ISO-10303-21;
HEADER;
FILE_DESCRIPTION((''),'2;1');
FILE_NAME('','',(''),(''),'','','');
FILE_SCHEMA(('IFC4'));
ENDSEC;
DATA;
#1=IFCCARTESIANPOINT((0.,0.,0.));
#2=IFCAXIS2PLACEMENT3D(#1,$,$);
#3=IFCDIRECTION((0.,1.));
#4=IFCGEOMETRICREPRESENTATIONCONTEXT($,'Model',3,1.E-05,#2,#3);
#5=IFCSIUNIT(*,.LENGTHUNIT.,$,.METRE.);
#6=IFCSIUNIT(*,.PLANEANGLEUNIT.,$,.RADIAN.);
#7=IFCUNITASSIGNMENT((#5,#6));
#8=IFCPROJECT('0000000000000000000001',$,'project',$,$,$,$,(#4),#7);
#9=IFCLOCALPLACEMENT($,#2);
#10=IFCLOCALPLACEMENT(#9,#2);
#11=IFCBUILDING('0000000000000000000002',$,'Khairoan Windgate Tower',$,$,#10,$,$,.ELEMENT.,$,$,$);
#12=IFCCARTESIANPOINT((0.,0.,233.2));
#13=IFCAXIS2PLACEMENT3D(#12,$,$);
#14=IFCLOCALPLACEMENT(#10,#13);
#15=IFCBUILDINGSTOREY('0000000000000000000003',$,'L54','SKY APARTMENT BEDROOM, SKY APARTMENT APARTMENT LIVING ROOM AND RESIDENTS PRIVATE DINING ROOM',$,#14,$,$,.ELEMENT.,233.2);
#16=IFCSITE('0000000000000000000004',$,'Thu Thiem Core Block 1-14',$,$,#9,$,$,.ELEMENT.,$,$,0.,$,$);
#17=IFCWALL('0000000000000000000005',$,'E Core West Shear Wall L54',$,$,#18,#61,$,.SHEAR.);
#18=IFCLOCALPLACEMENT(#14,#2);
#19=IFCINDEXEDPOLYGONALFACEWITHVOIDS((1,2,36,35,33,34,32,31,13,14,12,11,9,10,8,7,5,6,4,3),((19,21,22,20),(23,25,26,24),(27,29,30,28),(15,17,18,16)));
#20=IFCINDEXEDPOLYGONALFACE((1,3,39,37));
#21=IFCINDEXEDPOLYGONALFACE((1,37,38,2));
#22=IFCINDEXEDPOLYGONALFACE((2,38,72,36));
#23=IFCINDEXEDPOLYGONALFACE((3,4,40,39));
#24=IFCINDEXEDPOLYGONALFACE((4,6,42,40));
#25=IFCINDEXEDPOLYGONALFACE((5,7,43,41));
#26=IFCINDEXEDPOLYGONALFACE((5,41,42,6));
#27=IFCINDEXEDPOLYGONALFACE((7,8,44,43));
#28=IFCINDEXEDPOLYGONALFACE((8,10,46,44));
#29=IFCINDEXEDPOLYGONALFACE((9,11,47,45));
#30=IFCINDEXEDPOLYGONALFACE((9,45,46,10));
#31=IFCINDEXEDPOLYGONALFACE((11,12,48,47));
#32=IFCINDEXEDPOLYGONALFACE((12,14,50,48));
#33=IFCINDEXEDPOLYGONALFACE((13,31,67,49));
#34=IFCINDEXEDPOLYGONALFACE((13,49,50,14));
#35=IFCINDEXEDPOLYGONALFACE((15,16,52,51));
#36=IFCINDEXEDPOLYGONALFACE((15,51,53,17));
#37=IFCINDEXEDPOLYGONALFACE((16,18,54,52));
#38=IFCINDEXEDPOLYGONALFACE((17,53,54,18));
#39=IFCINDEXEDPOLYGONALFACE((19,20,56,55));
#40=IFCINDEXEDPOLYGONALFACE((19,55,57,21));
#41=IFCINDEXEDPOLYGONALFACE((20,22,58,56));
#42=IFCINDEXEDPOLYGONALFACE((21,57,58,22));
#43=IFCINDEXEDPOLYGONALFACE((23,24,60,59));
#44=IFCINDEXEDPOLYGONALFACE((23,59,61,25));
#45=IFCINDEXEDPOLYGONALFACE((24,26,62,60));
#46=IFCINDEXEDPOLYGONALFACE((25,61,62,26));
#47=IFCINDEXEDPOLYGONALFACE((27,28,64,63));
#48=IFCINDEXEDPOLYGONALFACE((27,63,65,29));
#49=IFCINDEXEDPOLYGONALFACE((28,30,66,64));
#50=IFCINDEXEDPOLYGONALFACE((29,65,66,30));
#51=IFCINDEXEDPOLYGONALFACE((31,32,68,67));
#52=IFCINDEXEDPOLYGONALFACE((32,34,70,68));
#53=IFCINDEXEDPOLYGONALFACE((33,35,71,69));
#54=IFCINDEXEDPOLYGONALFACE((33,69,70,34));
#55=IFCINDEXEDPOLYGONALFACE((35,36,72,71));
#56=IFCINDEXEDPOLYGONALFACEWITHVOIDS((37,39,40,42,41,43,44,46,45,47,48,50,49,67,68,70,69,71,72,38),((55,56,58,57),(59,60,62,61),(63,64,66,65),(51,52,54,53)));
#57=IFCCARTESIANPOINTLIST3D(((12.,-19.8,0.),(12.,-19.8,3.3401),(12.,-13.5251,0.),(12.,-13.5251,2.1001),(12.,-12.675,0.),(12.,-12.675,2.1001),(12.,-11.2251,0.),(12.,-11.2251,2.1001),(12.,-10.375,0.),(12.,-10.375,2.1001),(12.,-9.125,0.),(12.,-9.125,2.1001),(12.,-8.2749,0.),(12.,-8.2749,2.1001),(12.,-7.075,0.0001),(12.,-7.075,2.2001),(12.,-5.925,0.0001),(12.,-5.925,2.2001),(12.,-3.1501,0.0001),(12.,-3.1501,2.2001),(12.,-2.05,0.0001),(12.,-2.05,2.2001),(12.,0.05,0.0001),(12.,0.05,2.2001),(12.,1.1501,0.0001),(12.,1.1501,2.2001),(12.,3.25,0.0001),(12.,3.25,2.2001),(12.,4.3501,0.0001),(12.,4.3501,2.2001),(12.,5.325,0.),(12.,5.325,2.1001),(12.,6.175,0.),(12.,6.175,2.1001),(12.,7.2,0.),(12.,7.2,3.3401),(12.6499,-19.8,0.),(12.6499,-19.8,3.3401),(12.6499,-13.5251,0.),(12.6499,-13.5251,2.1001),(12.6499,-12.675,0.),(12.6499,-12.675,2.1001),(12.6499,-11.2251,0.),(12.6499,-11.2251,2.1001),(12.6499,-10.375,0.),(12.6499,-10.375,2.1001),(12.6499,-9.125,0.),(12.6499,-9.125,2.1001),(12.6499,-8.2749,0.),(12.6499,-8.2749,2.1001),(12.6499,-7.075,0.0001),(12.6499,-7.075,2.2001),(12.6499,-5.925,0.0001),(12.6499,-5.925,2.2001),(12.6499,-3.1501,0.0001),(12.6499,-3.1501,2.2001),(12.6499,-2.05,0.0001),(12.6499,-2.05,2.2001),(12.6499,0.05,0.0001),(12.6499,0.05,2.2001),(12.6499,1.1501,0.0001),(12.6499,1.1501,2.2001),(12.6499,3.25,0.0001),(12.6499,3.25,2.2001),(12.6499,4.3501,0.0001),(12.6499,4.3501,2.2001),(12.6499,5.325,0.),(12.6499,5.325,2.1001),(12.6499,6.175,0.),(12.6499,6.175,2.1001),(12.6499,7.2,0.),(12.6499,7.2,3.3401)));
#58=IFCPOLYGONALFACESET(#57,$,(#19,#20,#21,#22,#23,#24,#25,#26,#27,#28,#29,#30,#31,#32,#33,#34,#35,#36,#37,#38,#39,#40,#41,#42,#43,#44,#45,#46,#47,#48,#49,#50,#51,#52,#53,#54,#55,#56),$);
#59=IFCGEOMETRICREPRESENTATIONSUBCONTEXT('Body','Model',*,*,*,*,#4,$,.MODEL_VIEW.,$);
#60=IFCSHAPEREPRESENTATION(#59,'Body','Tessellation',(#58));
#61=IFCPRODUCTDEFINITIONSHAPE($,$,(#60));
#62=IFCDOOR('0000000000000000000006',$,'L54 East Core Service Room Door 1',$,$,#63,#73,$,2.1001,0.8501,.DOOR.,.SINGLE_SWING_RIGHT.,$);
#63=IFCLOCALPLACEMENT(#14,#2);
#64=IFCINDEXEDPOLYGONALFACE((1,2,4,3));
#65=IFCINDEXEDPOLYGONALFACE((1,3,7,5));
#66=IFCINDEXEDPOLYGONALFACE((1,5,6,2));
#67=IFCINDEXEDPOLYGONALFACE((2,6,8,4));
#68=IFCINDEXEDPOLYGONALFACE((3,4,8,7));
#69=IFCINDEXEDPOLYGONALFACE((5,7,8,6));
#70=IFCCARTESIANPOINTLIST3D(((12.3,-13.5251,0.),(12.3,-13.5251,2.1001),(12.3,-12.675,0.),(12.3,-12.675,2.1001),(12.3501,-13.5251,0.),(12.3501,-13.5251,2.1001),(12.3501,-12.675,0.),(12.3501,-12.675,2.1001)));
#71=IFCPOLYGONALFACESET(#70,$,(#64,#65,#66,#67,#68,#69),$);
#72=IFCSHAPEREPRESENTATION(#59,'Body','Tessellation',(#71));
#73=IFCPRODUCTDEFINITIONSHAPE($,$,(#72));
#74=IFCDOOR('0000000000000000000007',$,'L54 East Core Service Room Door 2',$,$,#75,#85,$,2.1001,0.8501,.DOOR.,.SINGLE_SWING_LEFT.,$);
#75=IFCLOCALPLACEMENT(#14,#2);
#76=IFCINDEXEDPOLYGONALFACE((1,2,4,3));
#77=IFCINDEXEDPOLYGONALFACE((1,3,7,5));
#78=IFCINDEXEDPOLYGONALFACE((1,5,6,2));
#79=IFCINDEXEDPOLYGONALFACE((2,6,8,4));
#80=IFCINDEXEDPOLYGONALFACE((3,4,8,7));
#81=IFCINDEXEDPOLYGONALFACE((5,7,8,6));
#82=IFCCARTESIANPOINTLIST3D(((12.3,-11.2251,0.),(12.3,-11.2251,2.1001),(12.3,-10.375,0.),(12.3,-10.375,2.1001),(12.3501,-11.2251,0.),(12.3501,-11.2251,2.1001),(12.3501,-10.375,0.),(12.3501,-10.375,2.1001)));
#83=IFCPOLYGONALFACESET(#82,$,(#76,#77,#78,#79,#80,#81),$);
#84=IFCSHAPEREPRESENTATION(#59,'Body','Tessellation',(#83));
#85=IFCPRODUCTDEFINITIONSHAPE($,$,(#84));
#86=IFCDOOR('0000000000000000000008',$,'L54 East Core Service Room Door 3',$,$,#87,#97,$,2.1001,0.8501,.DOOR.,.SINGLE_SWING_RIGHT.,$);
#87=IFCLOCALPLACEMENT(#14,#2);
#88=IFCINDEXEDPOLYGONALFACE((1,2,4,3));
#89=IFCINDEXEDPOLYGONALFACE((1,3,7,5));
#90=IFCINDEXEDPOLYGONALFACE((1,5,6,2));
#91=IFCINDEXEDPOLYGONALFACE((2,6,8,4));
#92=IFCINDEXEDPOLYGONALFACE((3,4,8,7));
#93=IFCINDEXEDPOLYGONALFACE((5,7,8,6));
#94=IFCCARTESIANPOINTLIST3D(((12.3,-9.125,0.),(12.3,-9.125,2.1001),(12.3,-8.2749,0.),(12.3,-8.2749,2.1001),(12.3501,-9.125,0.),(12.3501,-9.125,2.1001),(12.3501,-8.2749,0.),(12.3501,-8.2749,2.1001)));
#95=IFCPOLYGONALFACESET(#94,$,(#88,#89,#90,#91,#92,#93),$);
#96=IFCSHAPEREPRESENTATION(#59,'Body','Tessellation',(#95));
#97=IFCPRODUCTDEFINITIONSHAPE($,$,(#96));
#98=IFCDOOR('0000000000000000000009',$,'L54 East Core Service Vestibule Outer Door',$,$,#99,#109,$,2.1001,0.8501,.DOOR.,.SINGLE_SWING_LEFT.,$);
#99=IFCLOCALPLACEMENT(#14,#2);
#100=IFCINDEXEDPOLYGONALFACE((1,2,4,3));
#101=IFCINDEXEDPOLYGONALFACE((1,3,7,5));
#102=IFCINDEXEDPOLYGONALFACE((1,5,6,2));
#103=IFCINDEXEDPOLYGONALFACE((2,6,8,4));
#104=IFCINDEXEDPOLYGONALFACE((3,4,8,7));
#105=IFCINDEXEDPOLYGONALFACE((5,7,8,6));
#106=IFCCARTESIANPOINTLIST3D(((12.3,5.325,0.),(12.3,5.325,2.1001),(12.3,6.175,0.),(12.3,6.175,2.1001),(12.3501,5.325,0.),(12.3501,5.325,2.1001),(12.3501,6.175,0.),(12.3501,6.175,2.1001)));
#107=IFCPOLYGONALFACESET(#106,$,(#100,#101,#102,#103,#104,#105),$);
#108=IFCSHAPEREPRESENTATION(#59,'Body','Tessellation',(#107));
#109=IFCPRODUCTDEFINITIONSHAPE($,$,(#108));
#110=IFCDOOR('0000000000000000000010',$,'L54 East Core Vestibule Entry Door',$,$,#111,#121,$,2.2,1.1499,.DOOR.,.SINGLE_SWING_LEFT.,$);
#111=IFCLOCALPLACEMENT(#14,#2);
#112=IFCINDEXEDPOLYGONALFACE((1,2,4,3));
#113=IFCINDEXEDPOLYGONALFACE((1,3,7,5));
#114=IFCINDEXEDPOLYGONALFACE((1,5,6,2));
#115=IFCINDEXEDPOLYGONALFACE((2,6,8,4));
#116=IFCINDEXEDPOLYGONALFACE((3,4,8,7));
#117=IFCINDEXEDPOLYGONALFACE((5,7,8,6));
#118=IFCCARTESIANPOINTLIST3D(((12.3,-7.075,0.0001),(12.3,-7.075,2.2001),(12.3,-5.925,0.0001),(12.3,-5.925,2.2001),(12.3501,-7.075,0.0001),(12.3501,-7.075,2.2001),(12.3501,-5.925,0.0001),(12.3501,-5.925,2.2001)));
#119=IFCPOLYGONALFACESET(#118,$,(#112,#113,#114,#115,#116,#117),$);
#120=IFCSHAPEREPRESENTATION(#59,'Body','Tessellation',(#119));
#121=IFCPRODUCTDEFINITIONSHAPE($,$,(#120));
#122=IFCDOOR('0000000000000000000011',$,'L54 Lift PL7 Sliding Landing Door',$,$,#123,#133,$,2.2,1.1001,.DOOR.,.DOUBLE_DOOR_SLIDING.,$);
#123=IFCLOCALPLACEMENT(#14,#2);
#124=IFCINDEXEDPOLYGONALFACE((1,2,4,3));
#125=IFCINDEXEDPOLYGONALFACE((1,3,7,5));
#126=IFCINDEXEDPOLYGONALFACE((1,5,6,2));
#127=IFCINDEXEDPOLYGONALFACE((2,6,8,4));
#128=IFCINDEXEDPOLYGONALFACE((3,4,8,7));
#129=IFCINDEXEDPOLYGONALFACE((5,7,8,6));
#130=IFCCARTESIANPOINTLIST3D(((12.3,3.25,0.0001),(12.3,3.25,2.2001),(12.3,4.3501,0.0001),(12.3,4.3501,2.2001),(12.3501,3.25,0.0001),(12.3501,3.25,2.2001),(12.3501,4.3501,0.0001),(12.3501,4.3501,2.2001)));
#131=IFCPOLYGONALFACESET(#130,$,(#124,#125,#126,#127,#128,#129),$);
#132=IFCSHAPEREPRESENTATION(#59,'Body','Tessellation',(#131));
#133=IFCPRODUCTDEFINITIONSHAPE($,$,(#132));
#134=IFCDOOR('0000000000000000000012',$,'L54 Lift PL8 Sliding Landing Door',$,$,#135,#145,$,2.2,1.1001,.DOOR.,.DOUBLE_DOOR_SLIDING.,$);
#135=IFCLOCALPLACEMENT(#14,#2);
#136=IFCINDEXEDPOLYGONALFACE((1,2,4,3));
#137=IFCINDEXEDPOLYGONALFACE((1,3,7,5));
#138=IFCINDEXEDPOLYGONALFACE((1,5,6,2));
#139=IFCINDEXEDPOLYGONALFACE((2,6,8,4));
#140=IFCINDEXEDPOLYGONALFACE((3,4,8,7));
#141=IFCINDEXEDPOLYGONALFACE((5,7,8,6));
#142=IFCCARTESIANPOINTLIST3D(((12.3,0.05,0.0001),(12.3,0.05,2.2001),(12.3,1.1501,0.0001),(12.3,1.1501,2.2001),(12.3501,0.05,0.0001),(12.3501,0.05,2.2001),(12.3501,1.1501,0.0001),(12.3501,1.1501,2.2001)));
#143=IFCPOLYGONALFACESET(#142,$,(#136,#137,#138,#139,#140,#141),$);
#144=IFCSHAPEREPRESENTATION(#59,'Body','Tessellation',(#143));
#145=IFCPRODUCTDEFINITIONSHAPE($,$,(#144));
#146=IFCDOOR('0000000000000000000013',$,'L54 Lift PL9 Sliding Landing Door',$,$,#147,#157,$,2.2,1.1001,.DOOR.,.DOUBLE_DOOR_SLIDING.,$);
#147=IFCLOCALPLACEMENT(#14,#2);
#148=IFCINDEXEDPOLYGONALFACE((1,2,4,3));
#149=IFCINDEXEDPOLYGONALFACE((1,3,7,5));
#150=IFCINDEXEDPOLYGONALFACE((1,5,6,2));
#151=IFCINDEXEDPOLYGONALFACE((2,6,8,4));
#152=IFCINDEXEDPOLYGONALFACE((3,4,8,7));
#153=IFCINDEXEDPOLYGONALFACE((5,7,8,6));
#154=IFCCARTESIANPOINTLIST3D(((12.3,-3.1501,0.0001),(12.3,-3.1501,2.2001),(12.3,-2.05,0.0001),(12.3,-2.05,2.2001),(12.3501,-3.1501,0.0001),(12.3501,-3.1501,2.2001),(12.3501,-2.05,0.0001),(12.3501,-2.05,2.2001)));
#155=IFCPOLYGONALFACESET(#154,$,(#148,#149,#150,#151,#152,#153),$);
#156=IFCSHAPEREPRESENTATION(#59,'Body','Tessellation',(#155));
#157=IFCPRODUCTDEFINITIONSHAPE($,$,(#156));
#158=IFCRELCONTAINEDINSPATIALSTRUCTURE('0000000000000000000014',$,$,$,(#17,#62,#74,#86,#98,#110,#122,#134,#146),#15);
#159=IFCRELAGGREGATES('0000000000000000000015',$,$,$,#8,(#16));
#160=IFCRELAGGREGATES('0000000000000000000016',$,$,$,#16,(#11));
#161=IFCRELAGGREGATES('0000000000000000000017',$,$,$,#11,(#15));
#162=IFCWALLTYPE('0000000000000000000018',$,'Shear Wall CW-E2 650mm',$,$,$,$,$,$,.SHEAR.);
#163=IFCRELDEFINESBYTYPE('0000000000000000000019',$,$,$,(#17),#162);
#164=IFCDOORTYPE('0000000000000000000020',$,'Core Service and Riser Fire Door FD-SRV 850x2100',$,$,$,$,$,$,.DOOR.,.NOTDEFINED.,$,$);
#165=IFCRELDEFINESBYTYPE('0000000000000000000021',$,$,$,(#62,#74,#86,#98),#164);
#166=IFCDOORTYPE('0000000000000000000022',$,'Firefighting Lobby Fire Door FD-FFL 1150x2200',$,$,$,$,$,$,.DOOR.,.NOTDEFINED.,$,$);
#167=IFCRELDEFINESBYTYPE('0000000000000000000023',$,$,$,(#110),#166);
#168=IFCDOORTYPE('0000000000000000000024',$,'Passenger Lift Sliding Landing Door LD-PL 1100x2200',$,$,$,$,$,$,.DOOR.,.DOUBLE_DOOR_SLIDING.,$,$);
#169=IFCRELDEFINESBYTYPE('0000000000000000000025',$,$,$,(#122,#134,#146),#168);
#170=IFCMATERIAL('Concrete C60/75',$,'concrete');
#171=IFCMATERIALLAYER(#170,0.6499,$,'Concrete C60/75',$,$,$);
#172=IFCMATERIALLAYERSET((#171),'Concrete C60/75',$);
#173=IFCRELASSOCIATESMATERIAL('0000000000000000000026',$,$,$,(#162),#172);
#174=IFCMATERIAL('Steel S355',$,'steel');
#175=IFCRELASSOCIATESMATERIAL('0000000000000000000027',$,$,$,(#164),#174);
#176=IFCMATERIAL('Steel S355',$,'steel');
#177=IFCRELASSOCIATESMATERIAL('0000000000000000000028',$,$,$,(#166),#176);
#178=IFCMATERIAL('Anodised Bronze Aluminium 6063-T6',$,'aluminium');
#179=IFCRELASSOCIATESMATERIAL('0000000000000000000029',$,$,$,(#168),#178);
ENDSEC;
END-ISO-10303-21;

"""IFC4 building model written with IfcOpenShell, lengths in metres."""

from ifc_helpers import new_model, si_unit, direction, frame, frame_2d, origin, place, context, subcontext, project, spatial, rectangle, extrude, material, layer, layer_set, type_object, element, fill, save


model = new_model("IFC4")

# Units and contexts
model_context = context("Model", 3, precision=1e-05, world=origin(), true_north=direction((0.0, 1.0)))
body_context = subcontext(model_context, "Body", "Model", "MODEL_VIEW")
ifc_project = project(units=[si_unit("LENGTHUNIT", "METRE"), si_unit("PLANEANGLEUNIT", "RADIAN")], contexts=[model_context])

# Site, building, storey
site_placement = place(None, origin())
site = spatial("IfcSite", under=ifc_project, at=site_placement, Name="Thu Thiem Core Block 1-14", CompositionType="ELEMENT", RefElevation=0.0)
building_placement = place(site_placement, origin())
building = spatial("IfcBuilding", under=site, at=building_placement, Name="Khairoan Windgate Tower", CompositionType="ELEMENT")
storey_placement = place(building_placement, frame((0.0, 0.0, 233.2)))
storey = spatial("IfcBuildingStorey", under=building, at=storey_placement, Name="L54", Description="SKY APARTMENT BEDROOM, SKY APARTMENT APARTMENT LIVING ROOM AND RESIDENTS PRIVATE DINING ROOM", CompositionType="ELEMENT", Elevation=233.2)

# Wall, openings, doors
ifc_material_1 = material(Name="Concrete C60/75", Category="concrete")
ifc_layer_1 = layer(ifc_material_1, 0.6499, Name="Concrete C60/75")
ifc_layer_set_1 = layer_set([ifc_layer_1], Name="Concrete C60/75")
wall_type_1 = type_object("IfcWallType", Name="Shear Wall CW-E2 650mm", PredefinedType="SHEAR", material=ifc_layer_set_1)
wall_1_placement = place(storey_placement, frame((12.325, -19.8, 0.0), z_axis=(0.0, 0.0, 1.0), x_axis=(0.0, 1.0, 0.0)))
wall_1 = element("IfcWall", 1, at=wall_1_placement, inside=storey, type_object=wall_type_1, Name="E Core West Shear Wall L54", PredefinedType="SHEAR", context=body_context, shape_type="SweptSolid", body=[
    extrude(rectangle(XDim=27.0, YDim=0.6499, at=frame_2d((13.5, 0.0))), origin(), (0.0, 0.0, 1.0), 3.3401),
])
opening_1_placement = place(wall_1_placement, frame((23.05, 0.0, 0.0)))
opening_1 = element("IfcOpeningElement", 2, at=opening_1_placement, cuts=wall_1, PredefinedType="OPENING", context=body_context, shape_type="SweptSolid", body=[
    extrude(rectangle(XDim=1.1001, YDim=2.2, at=frame_2d((0.55, 1.1001))), frame((0.0, 0.335, 0.0), z_axis=(0.0, -1.0, 0.0), x_axis=(1.0, 0.0, 0.0)), (0.0, 0.0, 1.0), 0.6699),
])
opening_2_placement = place(wall_1_placement, frame((19.8501, 0.0, 0.0)))
opening_2 = element("IfcOpeningElement", 3, at=opening_2_placement, cuts=wall_1, PredefinedType="OPENING", context=body_context, shape_type="SweptSolid", body=[
    extrude(rectangle(XDim=1.1001, YDim=2.2, at=frame_2d((0.55, 1.1001))), frame((0.0, 0.335, 0.0), z_axis=(0.0, -1.0, 0.0), x_axis=(1.0, 0.0, 0.0)), (0.0, 0.0, 1.0), 0.6699),
])
opening_3_placement = place(wall_1_placement, frame((16.6499, 0.0, 0.0)))
opening_3 = element("IfcOpeningElement", 4, at=opening_3_placement, cuts=wall_1, PredefinedType="OPENING", context=body_context, shape_type="SweptSolid", body=[
    extrude(rectangle(XDim=1.1001, YDim=2.2, at=frame_2d((0.55, 1.1001))), frame((0.0, 0.335, 0.0), z_axis=(0.0, -1.0, 0.0), x_axis=(1.0, 0.0, 0.0)), (0.0, 0.0, 1.0), 0.6699),
])
opening_4_placement = place(wall_1_placement, frame((6.2749, 0.0, 0.0)))
opening_4 = element("IfcOpeningElement", 5, at=opening_4_placement, cuts=wall_1, PredefinedType="OPENING", context=body_context, shape_type="SweptSolid", body=[
    extrude(rectangle(XDim=0.8501, YDim=2.1001, at=frame_2d((0.425, 1.05))), frame((0.0, 0.335, 0.0), z_axis=(0.0, -1.0, 0.0), x_axis=(1.0, 0.0, 0.0)), (0.0, 0.0, 1.0), 0.6699),
])
opening_5_placement = place(wall_1_placement, frame((8.575, 0.0, 0.0)))
opening_5 = element("IfcOpeningElement", 6, at=opening_5_placement, cuts=wall_1, PredefinedType="OPENING", context=body_context, shape_type="SweptSolid", body=[
    extrude(rectangle(XDim=0.8501, YDim=2.1001, at=frame_2d((0.425, 1.05))), frame((0.0, 0.335, 0.0), z_axis=(0.0, -1.0, 0.0), x_axis=(1.0, 0.0, 0.0)), (0.0, 0.0, 1.0), 0.6699),
])
opening_6_placement = place(wall_1_placement, frame((10.675, 0.0, 0.0)))
opening_6 = element("IfcOpeningElement", 7, at=opening_6_placement, cuts=wall_1, PredefinedType="OPENING", context=body_context, shape_type="SweptSolid", body=[
    extrude(rectangle(XDim=0.8501, YDim=2.1001, at=frame_2d((0.425, 1.05))), frame((0.0, 0.335, 0.0), z_axis=(0.0, -1.0, 0.0), x_axis=(1.0, 0.0, 0.0)), (0.0, 0.0, 1.0), 0.6699),
])
opening_7_placement = place(wall_1_placement, frame((12.7251, 0.0, 0.0)))
opening_7 = element("IfcOpeningElement", 8, at=opening_7_placement, cuts=wall_1, PredefinedType="OPENING", context=body_context, shape_type="SweptSolid", body=[
    extrude(rectangle(XDim=1.1499, YDim=2.2, at=frame_2d((0.575, 1.1001))), frame((0.0, 0.335, 0.0), z_axis=(0.0, -1.0, 0.0), x_axis=(1.0, 0.0, 0.0)), (0.0, 0.0, 1.0), 0.6699),
])
opening_8_placement = place(wall_1_placement, frame((25.125, 0.0, 0.0)))
opening_8 = element("IfcOpeningElement", 9, at=opening_8_placement, cuts=wall_1, PredefinedType="OPENING", context=body_context, shape_type="SweptSolid", body=[
    extrude(rectangle(XDim=0.8501, YDim=2.1001, at=frame_2d((0.425, 1.05))), frame((0.0, 0.335, 0.0), z_axis=(0.0, -1.0, 0.0), x_axis=(1.0, 0.0, 0.0)), (0.0, 0.0, 1.0), 0.6699),
])
ifc_material_2 = material(Name="Steel S355", Category="steel")
door_type_1 = type_object("IfcDoorType", Name="Core Service and Riser Fire Door FD-SRV 850x2100", OperationType="NOTDEFINED", PredefinedType="DOOR", material=ifc_material_2)
door_1_placement = place(opening_4_placement, origin())
door_1 = element("IfcDoor", 10, at=door_1_placement, inside=storey, type_object=door_type_1, Name="L54 East Core Service Room Door 1", OperationType="SINGLE_SWING_RIGHT", OverallHeight=2.1001, OverallWidth=0.8501, PredefinedType="DOOR", context=body_context, shape_type="SweptSolid", body=[
    extrude(rectangle(XDim=0.8501, YDim=2.1001, at=frame_2d((0.425, 1.05))), frame((0.0, 0.0249, 0.0), z_axis=(0.0, -1.0, 0.0), x_axis=(1.0, 0.0, 0.0)), (0.0, 0.0, 1.0), 0.05),
])
fill(opening_4, door_1)
door_2_placement = place(opening_5_placement, origin())
door_2 = element("IfcDoor", 11, at=door_2_placement, inside=storey, type_object=door_type_1, Name="L54 East Core Service Room Door 2", OperationType="SINGLE_SWING_LEFT", OverallHeight=2.1001, OverallWidth=0.8501, PredefinedType="DOOR", context=body_context, shape_type="SweptSolid", body=[
    extrude(rectangle(XDim=0.8501, YDim=2.1001, at=frame_2d((0.425, 1.05))), frame((0.0, 0.0249, 0.0), z_axis=(0.0, -1.0, 0.0), x_axis=(1.0, 0.0, 0.0)), (0.0, 0.0, 1.0), 0.05),
])
fill(opening_5, door_2)
door_3_placement = place(opening_6_placement, origin())
door_3 = element("IfcDoor", 12, at=door_3_placement, inside=storey, type_object=door_type_1, Name="L54 East Core Service Room Door 3", OperationType="SINGLE_SWING_RIGHT", OverallHeight=2.1001, OverallWidth=0.8501, PredefinedType="DOOR", context=body_context, shape_type="SweptSolid", body=[
    extrude(rectangle(XDim=0.8501, YDim=2.1001, at=frame_2d((0.425, 1.05))), frame((0.0, 0.0249, 0.0), z_axis=(0.0, -1.0, 0.0), x_axis=(1.0, 0.0, 0.0)), (0.0, 0.0, 1.0), 0.05),
])
fill(opening_6, door_3)
door_4_placement = place(opening_8_placement, origin())
door_4 = element("IfcDoor", 13, at=door_4_placement, inside=storey, type_object=door_type_1, Name="L54 East Core Service Vestibule Outer Door", OperationType="SINGLE_SWING_LEFT", OverallHeight=2.1001, OverallWidth=0.8501, PredefinedType="DOOR", context=body_context, shape_type="SweptSolid", body=[
    extrude(rectangle(XDim=0.8501, YDim=2.1001, at=frame_2d((0.425, 1.05))), frame((0.0, 0.0249, 0.0), z_axis=(0.0, -1.0, 0.0), x_axis=(1.0, 0.0, 0.0)), (0.0, 0.0, 1.0), 0.05),
])
fill(opening_8, door_4)
ifc_material_3 = material(Name="Steel S355", Category="steel")
door_type_2 = type_object("IfcDoorType", Name="Firefighting Lobby Fire Door FD-FFL 1150x2200", OperationType="NOTDEFINED", PredefinedType="DOOR", material=ifc_material_3)
door_5_placement = place(opening_7_placement, origin())
door_5 = element("IfcDoor", 14, at=door_5_placement, inside=storey, type_object=door_type_2, Name="L54 East Core Vestibule Entry Door", OperationType="SINGLE_SWING_LEFT", OverallHeight=2.2, OverallWidth=1.1499, PredefinedType="DOOR", context=body_context, shape_type="SweptSolid", body=[
    extrude(rectangle(XDim=1.1499, YDim=2.2, at=frame_2d((0.575, 1.1001))), frame((0.0, 0.0249, 0.0), z_axis=(0.0, -1.0, 0.0), x_axis=(1.0, 0.0, 0.0)), (0.0, 0.0, 1.0), 0.05),
])
fill(opening_7, door_5)
ifc_material_4 = material(Name="Anodised Bronze Aluminium 6063-T6", Category="aluminium")
door_type_3 = type_object("IfcDoorType", Name="Passenger Lift Sliding Landing Door LD-PL 1100x2200", OperationType="DOUBLE_DOOR_SLIDING", PredefinedType="DOOR", material=ifc_material_4)
door_6_placement = place(opening_1_placement, origin())
door_6 = element("IfcDoor", 15, at=door_6_placement, inside=storey, type_object=door_type_3, Name="L54 Lift PL7 Sliding Landing Door", OperationType="DOUBLE_DOOR_SLIDING", OverallHeight=2.2, OverallWidth=1.1001, PredefinedType="DOOR", context=body_context, shape_type="SweptSolid", body=[
    extrude(rectangle(XDim=1.1001, YDim=2.2, at=frame_2d((0.55, 1.1001))), frame((0.0, 0.0249, 0.0), z_axis=(0.0, -1.0, 0.0), x_axis=(1.0, 0.0, 0.0)), (0.0, 0.0, 1.0), 0.05),
])
fill(opening_1, door_6)
door_7_placement = place(opening_2_placement, origin())
door_7 = element("IfcDoor", 16, at=door_7_placement, inside=storey, type_object=door_type_3, Name="L54 Lift PL8 Sliding Landing Door", OperationType="DOUBLE_DOOR_SLIDING", OverallHeight=2.2, OverallWidth=1.1001, PredefinedType="DOOR", context=body_context, shape_type="SweptSolid", body=[
    extrude(rectangle(XDim=1.1001, YDim=2.2, at=frame_2d((0.55, 1.1001))), frame((0.0, 0.0249, 0.0), z_axis=(0.0, -1.0, 0.0), x_axis=(1.0, 0.0, 0.0)), (0.0, 0.0, 1.0), 0.05),
])
fill(opening_2, door_7)
door_8_placement = place(opening_3_placement, origin())
door_8 = element("IfcDoor", 17, at=door_8_placement, inside=storey, type_object=door_type_3, Name="L54 Lift PL9 Sliding Landing Door", OperationType="DOUBLE_DOOR_SLIDING", OverallHeight=2.2, OverallWidth=1.1001, PredefinedType="DOOR", context=body_context, shape_type="SweptSolid", body=[
    extrude(rectangle(XDim=1.1001, YDim=2.2, at=frame_2d((0.55, 1.1001))), frame((0.0, 0.0249, 0.0), z_axis=(0.0, -1.0, 0.0), x_axis=(1.0, 0.0, 0.0)), (0.0, 0.0, 1.0), 0.05),
])
fill(opening_3, door_8)

save(model, "model.ifc")
